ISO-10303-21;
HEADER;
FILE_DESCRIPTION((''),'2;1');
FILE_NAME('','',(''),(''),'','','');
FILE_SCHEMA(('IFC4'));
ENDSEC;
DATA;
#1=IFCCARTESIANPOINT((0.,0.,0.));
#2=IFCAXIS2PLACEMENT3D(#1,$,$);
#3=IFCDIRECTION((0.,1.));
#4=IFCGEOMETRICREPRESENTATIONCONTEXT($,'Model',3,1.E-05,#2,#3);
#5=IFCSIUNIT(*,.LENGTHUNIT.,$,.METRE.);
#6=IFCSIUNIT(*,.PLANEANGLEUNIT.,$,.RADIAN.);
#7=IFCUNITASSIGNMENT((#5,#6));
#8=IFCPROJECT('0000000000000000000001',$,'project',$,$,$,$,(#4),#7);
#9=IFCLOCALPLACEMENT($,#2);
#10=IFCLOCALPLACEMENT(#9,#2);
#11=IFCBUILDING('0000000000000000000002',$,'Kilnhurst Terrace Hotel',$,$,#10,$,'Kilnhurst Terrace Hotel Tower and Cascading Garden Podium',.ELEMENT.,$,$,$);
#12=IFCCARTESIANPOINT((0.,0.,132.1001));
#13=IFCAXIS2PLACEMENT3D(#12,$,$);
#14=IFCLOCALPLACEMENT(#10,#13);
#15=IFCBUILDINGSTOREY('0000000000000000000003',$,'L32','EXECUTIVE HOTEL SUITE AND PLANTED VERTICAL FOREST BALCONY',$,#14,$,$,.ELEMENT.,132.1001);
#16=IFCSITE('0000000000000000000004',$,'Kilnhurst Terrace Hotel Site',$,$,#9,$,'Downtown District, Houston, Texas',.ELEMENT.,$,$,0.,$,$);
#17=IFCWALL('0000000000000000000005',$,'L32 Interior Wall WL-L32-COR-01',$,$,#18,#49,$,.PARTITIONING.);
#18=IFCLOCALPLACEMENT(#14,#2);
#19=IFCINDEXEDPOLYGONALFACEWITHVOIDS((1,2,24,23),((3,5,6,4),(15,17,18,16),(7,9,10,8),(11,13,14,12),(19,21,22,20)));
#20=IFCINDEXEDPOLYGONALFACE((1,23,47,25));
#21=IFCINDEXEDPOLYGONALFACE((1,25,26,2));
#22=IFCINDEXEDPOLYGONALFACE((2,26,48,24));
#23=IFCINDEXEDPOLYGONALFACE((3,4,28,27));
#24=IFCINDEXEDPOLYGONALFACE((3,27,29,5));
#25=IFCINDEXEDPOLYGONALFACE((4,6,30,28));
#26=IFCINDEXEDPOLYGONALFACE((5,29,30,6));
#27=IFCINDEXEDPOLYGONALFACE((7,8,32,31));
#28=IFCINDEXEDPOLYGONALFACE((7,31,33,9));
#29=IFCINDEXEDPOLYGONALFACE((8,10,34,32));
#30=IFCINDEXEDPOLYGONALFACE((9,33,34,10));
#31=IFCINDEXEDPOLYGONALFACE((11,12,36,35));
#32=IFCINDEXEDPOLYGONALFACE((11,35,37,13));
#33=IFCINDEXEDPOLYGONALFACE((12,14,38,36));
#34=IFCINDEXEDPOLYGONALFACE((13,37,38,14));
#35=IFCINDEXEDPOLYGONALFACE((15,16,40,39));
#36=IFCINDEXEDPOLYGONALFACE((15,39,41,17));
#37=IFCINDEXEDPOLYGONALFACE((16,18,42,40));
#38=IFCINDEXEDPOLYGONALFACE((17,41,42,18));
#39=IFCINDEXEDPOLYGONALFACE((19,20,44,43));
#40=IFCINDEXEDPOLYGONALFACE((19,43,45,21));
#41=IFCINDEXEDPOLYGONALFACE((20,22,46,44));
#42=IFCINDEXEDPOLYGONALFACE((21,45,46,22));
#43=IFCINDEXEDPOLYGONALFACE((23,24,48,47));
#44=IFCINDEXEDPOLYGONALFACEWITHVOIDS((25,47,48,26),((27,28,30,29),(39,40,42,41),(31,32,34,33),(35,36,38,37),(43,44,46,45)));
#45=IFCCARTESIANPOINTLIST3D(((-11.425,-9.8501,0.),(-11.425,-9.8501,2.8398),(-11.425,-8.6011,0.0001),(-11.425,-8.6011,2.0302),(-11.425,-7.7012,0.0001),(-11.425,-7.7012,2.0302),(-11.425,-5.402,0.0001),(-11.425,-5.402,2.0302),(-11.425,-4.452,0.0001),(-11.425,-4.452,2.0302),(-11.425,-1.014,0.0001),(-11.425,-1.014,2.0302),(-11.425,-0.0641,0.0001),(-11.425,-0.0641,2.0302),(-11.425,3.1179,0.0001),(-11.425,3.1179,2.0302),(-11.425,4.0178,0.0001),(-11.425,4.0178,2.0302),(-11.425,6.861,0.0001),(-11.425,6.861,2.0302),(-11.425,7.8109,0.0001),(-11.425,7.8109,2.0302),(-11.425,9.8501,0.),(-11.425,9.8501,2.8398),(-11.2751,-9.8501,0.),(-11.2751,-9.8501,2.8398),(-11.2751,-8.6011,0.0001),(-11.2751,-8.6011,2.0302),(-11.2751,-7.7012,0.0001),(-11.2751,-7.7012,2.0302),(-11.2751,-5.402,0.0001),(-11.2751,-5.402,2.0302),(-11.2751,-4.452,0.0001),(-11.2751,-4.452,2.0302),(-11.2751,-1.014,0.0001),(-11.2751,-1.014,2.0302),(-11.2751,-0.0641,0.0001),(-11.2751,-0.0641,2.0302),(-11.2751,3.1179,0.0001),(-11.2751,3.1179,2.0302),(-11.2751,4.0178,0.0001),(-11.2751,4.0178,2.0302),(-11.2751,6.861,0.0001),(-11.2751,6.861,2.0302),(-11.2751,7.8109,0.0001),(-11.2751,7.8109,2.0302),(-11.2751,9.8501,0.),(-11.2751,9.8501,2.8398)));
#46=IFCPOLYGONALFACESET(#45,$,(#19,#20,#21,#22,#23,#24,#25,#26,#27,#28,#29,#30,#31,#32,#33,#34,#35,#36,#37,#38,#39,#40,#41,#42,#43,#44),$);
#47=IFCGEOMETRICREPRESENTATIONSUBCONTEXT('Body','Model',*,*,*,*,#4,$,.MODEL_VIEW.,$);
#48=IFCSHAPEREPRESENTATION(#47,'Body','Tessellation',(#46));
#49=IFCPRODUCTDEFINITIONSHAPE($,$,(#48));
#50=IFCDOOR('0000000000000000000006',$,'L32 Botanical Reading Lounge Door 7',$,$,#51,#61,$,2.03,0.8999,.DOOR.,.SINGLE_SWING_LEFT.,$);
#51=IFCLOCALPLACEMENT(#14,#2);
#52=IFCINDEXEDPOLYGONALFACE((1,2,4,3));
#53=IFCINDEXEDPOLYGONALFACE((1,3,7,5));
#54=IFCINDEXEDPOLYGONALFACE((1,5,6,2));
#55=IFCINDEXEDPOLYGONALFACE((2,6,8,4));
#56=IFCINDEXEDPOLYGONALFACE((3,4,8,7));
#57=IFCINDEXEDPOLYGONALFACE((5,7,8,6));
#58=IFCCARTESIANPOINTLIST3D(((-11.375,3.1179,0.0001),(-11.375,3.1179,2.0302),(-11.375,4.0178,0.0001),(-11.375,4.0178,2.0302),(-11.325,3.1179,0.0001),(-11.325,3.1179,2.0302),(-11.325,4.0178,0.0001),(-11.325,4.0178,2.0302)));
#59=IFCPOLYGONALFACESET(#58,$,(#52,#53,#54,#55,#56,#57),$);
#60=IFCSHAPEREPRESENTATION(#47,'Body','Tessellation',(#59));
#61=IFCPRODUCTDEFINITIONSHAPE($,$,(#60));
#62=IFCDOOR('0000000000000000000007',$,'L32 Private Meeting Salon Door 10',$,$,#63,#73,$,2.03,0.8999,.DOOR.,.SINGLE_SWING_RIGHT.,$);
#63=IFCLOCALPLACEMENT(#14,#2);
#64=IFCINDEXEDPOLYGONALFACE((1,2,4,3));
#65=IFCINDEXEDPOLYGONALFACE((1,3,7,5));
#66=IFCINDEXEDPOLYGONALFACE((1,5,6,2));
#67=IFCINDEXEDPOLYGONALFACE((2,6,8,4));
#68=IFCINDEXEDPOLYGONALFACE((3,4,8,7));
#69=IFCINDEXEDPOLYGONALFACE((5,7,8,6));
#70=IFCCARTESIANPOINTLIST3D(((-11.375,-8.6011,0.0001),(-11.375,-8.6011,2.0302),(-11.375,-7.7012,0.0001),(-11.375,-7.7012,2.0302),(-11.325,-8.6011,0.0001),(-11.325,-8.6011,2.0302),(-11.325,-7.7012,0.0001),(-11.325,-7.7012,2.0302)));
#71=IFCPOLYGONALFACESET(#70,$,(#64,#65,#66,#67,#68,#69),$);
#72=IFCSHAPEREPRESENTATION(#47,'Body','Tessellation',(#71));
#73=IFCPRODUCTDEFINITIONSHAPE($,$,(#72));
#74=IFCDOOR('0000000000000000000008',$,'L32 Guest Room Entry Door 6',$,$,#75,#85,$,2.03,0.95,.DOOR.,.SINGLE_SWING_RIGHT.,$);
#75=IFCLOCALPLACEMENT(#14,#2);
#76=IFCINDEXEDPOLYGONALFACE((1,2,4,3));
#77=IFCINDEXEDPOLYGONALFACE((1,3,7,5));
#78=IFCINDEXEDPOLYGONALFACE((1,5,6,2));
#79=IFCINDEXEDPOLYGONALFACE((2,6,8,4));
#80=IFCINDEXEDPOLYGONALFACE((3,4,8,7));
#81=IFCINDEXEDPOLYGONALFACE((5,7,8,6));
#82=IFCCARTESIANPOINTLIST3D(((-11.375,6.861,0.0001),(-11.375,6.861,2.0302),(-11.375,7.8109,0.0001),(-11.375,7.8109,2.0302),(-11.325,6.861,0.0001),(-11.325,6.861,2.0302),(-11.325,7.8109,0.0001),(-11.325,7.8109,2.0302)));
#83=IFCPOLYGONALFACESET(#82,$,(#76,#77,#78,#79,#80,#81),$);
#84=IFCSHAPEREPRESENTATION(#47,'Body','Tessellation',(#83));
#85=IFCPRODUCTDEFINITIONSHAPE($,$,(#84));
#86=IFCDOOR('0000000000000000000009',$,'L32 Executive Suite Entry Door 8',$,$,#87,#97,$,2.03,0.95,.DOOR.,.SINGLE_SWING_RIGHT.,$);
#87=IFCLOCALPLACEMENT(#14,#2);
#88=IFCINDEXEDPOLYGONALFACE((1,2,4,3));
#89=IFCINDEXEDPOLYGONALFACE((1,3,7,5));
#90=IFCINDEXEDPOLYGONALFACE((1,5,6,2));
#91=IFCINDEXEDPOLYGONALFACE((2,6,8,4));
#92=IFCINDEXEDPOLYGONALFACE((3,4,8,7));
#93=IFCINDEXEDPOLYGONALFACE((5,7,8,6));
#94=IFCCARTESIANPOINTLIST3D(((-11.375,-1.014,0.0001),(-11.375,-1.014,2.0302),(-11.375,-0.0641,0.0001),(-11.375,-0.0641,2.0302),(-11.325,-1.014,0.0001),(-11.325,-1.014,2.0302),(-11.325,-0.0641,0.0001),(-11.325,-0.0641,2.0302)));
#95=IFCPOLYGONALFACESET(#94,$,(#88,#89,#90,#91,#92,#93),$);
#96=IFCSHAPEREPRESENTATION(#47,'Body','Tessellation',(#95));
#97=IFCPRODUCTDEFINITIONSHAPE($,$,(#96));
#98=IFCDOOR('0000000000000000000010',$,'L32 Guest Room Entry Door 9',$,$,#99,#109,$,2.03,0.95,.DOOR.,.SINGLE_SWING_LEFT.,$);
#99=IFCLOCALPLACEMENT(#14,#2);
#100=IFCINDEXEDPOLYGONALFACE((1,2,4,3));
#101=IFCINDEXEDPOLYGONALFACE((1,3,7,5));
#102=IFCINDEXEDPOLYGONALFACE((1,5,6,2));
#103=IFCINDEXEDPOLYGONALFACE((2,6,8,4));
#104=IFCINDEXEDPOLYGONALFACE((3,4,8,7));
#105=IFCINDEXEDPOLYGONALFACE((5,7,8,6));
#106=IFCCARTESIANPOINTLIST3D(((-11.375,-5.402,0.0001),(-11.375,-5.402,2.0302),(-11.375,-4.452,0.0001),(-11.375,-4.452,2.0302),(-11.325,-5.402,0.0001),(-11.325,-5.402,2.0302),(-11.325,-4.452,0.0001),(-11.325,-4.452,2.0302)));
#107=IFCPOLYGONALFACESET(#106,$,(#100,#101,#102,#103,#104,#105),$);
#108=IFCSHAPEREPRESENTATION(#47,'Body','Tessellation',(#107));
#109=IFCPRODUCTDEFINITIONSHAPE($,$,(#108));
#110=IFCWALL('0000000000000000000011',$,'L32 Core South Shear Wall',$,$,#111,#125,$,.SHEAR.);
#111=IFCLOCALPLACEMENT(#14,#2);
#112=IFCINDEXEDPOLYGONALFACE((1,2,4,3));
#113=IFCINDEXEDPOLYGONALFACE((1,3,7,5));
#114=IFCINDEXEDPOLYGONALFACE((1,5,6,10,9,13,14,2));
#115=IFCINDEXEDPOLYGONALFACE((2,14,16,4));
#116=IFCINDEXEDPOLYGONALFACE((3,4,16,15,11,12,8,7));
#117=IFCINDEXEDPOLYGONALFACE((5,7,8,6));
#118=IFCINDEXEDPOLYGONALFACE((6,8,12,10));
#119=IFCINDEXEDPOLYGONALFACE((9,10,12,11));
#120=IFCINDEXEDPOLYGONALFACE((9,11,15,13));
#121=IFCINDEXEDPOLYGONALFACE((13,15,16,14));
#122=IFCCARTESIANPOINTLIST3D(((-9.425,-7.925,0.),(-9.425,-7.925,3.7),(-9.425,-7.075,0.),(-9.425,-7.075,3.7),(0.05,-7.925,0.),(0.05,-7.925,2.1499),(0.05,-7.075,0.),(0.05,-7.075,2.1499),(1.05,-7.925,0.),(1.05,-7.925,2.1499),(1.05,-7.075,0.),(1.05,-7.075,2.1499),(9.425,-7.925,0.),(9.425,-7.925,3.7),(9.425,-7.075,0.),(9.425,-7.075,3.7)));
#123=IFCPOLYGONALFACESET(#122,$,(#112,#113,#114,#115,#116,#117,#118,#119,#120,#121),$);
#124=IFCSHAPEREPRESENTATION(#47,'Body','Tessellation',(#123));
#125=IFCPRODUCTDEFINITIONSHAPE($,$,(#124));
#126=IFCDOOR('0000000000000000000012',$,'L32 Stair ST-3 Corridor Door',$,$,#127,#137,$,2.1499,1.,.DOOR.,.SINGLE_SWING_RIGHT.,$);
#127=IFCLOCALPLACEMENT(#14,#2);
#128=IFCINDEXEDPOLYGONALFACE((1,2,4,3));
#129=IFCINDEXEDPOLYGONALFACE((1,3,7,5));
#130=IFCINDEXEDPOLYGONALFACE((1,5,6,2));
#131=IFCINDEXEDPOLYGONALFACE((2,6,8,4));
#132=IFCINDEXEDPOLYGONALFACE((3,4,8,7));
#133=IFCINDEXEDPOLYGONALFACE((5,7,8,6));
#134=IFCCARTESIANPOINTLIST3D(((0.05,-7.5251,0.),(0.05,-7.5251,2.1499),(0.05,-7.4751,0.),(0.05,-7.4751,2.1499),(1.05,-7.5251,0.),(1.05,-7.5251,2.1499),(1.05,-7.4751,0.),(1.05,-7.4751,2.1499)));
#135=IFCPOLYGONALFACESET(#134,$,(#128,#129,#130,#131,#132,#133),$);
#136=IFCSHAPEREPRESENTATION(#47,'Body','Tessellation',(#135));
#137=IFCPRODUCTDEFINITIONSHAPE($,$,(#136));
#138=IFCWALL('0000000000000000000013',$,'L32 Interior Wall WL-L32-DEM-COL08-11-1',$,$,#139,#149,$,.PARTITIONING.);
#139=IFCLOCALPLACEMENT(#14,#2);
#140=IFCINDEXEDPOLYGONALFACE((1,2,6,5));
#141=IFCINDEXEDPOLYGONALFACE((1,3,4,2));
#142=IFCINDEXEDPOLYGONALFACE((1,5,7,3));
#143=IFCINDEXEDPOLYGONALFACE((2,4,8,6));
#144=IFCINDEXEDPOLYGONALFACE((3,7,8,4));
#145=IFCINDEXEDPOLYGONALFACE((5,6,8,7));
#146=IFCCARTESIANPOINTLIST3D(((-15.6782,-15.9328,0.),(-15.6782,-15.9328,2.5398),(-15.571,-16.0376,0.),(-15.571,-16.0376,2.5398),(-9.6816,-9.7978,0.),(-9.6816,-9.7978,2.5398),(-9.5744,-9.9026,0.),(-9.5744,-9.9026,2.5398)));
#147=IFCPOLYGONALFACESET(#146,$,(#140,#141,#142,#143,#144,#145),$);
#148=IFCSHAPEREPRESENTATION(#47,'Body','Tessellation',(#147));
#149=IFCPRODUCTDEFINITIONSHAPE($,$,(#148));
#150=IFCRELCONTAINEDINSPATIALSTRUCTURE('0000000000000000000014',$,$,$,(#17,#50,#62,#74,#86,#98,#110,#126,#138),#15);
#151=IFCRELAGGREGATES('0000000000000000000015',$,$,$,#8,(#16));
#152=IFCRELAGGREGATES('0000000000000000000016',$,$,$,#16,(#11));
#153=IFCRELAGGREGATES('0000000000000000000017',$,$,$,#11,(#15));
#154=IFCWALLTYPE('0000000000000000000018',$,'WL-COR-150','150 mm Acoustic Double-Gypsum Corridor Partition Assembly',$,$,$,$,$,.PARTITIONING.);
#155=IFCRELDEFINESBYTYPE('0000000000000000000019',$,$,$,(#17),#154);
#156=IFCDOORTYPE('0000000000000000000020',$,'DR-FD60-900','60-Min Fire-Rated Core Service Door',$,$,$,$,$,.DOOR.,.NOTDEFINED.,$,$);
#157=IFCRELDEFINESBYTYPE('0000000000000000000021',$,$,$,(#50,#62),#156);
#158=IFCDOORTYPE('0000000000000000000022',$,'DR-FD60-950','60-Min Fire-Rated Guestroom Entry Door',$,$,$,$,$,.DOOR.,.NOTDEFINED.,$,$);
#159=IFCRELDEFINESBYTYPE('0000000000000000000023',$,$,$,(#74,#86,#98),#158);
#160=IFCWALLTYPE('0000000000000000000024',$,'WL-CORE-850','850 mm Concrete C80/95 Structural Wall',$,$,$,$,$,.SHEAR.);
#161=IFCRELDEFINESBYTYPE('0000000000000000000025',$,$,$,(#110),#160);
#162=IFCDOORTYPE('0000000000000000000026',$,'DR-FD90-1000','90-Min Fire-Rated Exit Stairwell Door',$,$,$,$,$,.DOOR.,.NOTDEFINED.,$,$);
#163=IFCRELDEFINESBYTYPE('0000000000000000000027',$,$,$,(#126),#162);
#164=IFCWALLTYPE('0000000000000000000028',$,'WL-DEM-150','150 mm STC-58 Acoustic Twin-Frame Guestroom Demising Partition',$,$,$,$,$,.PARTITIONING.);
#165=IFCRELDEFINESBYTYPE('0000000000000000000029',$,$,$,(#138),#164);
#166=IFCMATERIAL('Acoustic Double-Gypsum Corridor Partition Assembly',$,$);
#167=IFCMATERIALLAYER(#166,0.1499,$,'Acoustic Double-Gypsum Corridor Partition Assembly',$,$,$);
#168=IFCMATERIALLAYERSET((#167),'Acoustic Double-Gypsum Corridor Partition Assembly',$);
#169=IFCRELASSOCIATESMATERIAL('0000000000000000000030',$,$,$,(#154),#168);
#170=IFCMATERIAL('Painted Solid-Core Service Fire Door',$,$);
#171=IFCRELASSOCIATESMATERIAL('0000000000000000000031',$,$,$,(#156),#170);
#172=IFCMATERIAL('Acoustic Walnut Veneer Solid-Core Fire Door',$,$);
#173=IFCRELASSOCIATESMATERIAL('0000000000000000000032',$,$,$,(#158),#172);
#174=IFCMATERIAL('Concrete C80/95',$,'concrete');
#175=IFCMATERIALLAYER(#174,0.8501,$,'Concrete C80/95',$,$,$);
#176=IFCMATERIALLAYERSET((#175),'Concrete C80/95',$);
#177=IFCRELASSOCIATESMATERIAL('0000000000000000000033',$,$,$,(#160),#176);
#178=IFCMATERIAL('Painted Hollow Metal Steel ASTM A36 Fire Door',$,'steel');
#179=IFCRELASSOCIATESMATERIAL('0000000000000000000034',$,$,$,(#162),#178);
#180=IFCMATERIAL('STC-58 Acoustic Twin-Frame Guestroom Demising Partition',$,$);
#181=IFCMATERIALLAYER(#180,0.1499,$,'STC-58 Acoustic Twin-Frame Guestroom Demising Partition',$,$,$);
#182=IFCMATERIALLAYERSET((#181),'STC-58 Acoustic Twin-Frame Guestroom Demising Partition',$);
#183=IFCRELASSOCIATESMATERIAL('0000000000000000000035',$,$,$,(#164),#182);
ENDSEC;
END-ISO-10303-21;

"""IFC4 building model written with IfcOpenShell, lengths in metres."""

from ifc_helpers import new_model, si_unit, direction, frame, frame_2d, origin, place, context, subcontext, project, spatial, rectangle, extrude, material, layer, layer_set, type_object, element, fill, save


model = new_model("IFC4")

# Units and contexts
model_context = context("Model", 3, precision=1e-05, world=origin(), true_north=direction((0.0, 1.0)))
body_context = subcontext(model_context, "Body", "Model", "MODEL_VIEW")
ifc_project = project(units=[si_unit("LENGTHUNIT", "METRE"), si_unit("PLANEANGLEUNIT", "RADIAN")], contexts=[model_context])

# Site, building, storey
site_placement = place(None, origin())
site = spatial("IfcSite", under=ifc_project, at=site_placement, Name="Kilnhurst Terrace Hotel Site", LongName="Downtown District, Houston, Texas", CompositionType="ELEMENT", RefElevation=0.0)
building_placement = place(site_placement, origin())
building = spatial("IfcBuilding", under=site, at=building_placement, Name="Kilnhurst Terrace Hotel", LongName="Kilnhurst Terrace Hotel Tower and Cascading Garden Podium", CompositionType="ELEMENT")
storey_placement = place(building_placement, frame((0.0, 0.0, 132.1001)))
storey = spatial("IfcBuildingStorey", under=building, at=storey_placement, Name="L32", Description="EXECUTIVE HOTEL SUITE AND PLANTED VERTICAL FOREST BALCONY", CompositionType="ELEMENT", Elevation=132.1001)

# Shared definitions
ifc_material_1 = material(Name="Concrete C80/95", Category="concrete")

# Wall, openings, doors
ifc_material_2 = material(Name="Acoustic Double-Gypsum Corridor Partition Assembly")
ifc_layer_1 = layer(ifc_material_2, 0.1499, Name="Acoustic Double-Gypsum Corridor Partition Assembly")
ifc_layer_set_1 = layer_set([ifc_layer_1], Name="Acoustic Double-Gypsum Corridor Partition Assembly")
wall_type_1 = type_object("IfcWallType", Name="WL-COR-150", Description="150 mm Acoustic Double-Gypsum Corridor Partition Assembly", PredefinedType="PARTITIONING", material=ifc_layer_set_1)
wall_1_placement = place(storey_placement, frame((-11.3501, -9.8501, 0.0), z_axis=(0.0, 0.0, 1.0), x_axis=(0.0, 1.0, 0.0)))
wall_1 = element("IfcWall", 1, at=wall_1_placement, inside=storey, type_object=wall_type_1, Name="L32 Interior Wall WL-L32-COR-01", PredefinedType="PARTITIONING", context=body_context, shape_type="SweptSolid", body=[
    extrude(rectangle(XDim=19.7002, YDim=0.1499, at=frame_2d((9.8501, 0.0))), origin(), (0.0, 0.0, 1.0), 2.8398),
])
opening_1_placement = place(wall_1_placement, frame((16.7109, 0.0, 0.0)))
opening_1 = element("IfcOpeningElement", 2, at=opening_1_placement, cuts=wall_1, PredefinedType="OPENING", context=body_context, shape_type="SweptSolid", body=[
    extrude(rectangle(XDim=0.95, YDim=2.03, at=frame_2d((0.4751, 1.0151))), frame((0.0, 0.085, 0.0), z_axis=(0.0, -1.0, 0.0), x_axis=(1.0, 0.0, 0.0)), (0.0, 0.0, 1.0), 0.1699),
])
opening_2_placement = place(wall_1_placement, frame((12.968, 0.0, 0.0)))
opening_2 = element("IfcOpeningElement", 3, at=opening_2_placement, cuts=wall_1, PredefinedType="OPENING", context=body_context, shape_type="SweptSolid", body=[
    extrude(rectangle(XDim=0.8999, YDim=2.03, at=frame_2d((0.45, 1.0151))), frame((0.0, 0.085, 0.0), z_axis=(0.0, -1.0, 0.0), x_axis=(1.0, 0.0, 0.0)), (0.0, 0.0, 1.0), 0.1699),
])
opening_3_placement = place(wall_1_placement, frame((8.8359, 0.0, 0.0)))
opening_3 = element("IfcOpeningElement", 4, at=opening_3_placement, cuts=wall_1, PredefinedType="OPENING", context=body_context, shape_type="SweptSolid", body=[
    extrude(rectangle(XDim=0.95, YDim=2.03, at=frame_2d((0.4751, 1.0151))), frame((0.0, 0.085, 0.0), z_axis=(0.0, -1.0, 0.0), x_axis=(1.0, 0.0, 0.0)), (0.0, 0.0, 1.0), 0.1699),
])
opening_4_placement = place(wall_1_placement, frame((4.448, 0.0, 0.0)))
opening_4 = element("IfcOpeningElement", 5, at=opening_4_placement, cuts=wall_1, PredefinedType="OPENING", context=body_context, shape_type="SweptSolid", body=[
    extrude(rectangle(XDim=0.95, YDim=2.03, at=frame_2d((0.4751, 1.0151))), frame((0.0, 0.085, 0.0), z_axis=(0.0, -1.0, 0.0), x_axis=(1.0, 0.0, 0.0)), (0.0, 0.0, 1.0), 0.1699),
])
opening_5_placement = place(wall_1_placement, frame((1.249, 0.0, 0.0)))
opening_5 = element("IfcOpeningElement", 6, at=opening_5_placement, cuts=wall_1, PredefinedType="OPENING", context=body_context, shape_type="SweptSolid", body=[
    extrude(rectangle(XDim=0.8999, YDim=2.03, at=frame_2d((0.45, 1.0151))), frame((0.0, 0.085, 0.0), z_axis=(0.0, -1.0, 0.0), x_axis=(1.0, 0.0, 0.0)), (0.0, 0.0, 1.0), 0.1699),
])
ifc_material_3 = material(Name="Painted Solid-Core Service Fire Door")
door_type_1 = type_object("IfcDoorType", Name="DR-FD60-900", Description="60-Min Fire-Rated Core Service Door", OperationType="NOTDEFINED", PredefinedType="DOOR", material=ifc_material_3)
door_1_placement = place(opening_2_placement, origin())
door_1 = element("IfcDoor", 7, at=door_1_placement, inside=storey, type_object=door_type_1, Name="L32 Botanical Reading Lounge Door 7", OperationType="SINGLE_SWING_LEFT", OverallHeight=2.03, OverallWidth=0.8999, PredefinedType="DOOR", context=body_context, shape_type="SweptSolid", body=[
    extrude(rectangle(XDim=0.8999, YDim=2.03, at=frame_2d((0.45, 1.0151))), frame((0.0, 0.0249, 0.0), z_axis=(0.0, -1.0, 0.0), x_axis=(1.0, 0.0, 0.0)), (0.0, 0.0, 1.0), 0.05),
])
fill(opening_2, door_1)
door_2_placement = place(opening_5_placement, origin())
door_2 = element("IfcDoor", 8, at=door_2_placement, inside=storey, type_object=door_type_1, Name="L32 Private Meeting Salon Door 10", OperationType="SINGLE_SWING_RIGHT", OverallHeight=2.03, OverallWidth=0.8999, PredefinedType="DOOR", context=body_context, shape_type="SweptSolid", body=[
    extrude(rectangle(XDim=0.8999, YDim=2.03, at=frame_2d((0.45, 1.0151))), frame((0.0, 0.0249, 0.0), z_axis=(0.0, -1.0, 0.0), x_axis=(1.0, 0.0, 0.0)), (0.0, 0.0, 1.0), 0.05),
])
fill(opening_5, door_2)
ifc_material_4 = material(Name="Acoustic Walnut Veneer Solid-Core Fire Door")
door_type_2 = type_object("IfcDoorType", Name="DR-FD60-950", Description="60-Min Fire-Rated Guestroom Entry Door", OperationType="NOTDEFINED", PredefinedType="DOOR", material=ifc_material_4)
door_3_placement = place(opening_1_placement, origin())
door_3 = element("IfcDoor", 9, at=door_3_placement, inside=storey, type_object=door_type_2, Name="L32 Guest Room Entry Door 6", OperationType="SINGLE_SWING_RIGHT", OverallHeight=2.03, OverallWidth=0.95, PredefinedType="DOOR", context=body_context, shape_type="SweptSolid", body=[
    extrude(rectangle(XDim=0.95, YDim=2.03, at=frame_2d((0.4751, 1.0151))), frame((0.0, 0.0249, 0.0), z_axis=(0.0, -1.0, 0.0), x_axis=(1.0, 0.0, 0.0)), (0.0, 0.0, 1.0), 0.05),
])
fill(opening_1, door_3)
door_4_placement = place(opening_3_placement, origin())
door_4 = element("IfcDoor", 10, at=door_4_placement, inside=storey, type_object=door_type_2, Name="L32 Executive Suite Entry Door 8", OperationType="SINGLE_SWING_RIGHT", OverallHeight=2.03, OverallWidth=0.95, PredefinedType="DOOR", context=body_context, shape_type="SweptSolid", body=[
    extrude(rectangle(XDim=0.95, YDim=2.03, at=frame_2d((0.4751, 1.0151))), frame((0.0, 0.0249, 0.0), z_axis=(0.0, -1.0, 0.0), x_axis=(1.0, 0.0, 0.0)), (0.0, 0.0, 1.0), 0.05),
])
fill(opening_3, door_4)
door_5_placement = place(opening_4_placement, origin())
door_5 = element("IfcDoor", 11, at=door_5_placement, inside=storey, type_object=door_type_2, Name="L32 Guest Room Entry Door 9", OperationType="SINGLE_SWING_LEFT", OverallHeight=2.03, OverallWidth=0.95, PredefinedType="DOOR", context=body_context, shape_type="SweptSolid", body=[
    extrude(rectangle(XDim=0.95, YDim=2.03, at=frame_2d((0.4751, 1.0151))), frame((0.0, 0.0249, 0.0), z_axis=(0.0, -1.0, 0.0), x_axis=(1.0, 0.0, 0.0)), (0.0, 0.0, 1.0), 0.05),
])
fill(opening_4, door_5)

# Wall, opening, door
ifc_layer_2 = layer(ifc_material_1, 0.8501, Name="Concrete C80/95")
ifc_layer_set_2 = layer_set([ifc_layer_2], Name="Concrete C80/95")
wall_type_2 = type_object("IfcWallType", Name="WL-CORE-850", Description="850 mm Concrete C80/95 Structural Wall", PredefinedType="SHEAR", material=ifc_layer_set_2)
wall_2_placement = place(storey_placement, frame((-9.425, -7.5, 0.0), z_axis=(0.0, 0.0, 1.0), x_axis=(1.0, 0.0, 0.0)))
wall_2 = element("IfcWall", 12, at=wall_2_placement, inside=storey, type_object=wall_type_2, Name="L32 Core South Shear Wall", PredefinedType="SHEAR", context=body_context, shape_type="SweptSolid", body=[
    extrude(rectangle(XDim=18.8501, YDim=0.8501, at=frame_2d((9.425, 0.0))), origin(), (0.0, 0.0, 1.0), 3.7),
])
opening_6_placement = place(wall_2_placement, frame((9.4751, 0.0, 0.0)))
opening_6 = element("IfcOpeningElement", 13, at=opening_6_placement, cuts=wall_2, PredefinedType="OPENING", context=body_context, shape_type="SweptSolid", body=[
    extrude(rectangle(XDim=1.0, YDim=2.1499, at=frame_2d((0.5, 1.075))), frame((0.0, 0.4351, 0.0), z_axis=(0.0, -1.0, 0.0), x_axis=(1.0, 0.0, 0.0)), (0.0, 0.0, 1.0), 0.8701),
])
ifc_material_5 = material(Name="Painted Hollow Metal Steel ASTM A36 Fire Door", Category="steel")
door_type_3 = type_object("IfcDoorType", Name="DR-FD90-1000", Description="90-Min Fire-Rated Exit Stairwell Door", OperationType="NOTDEFINED", PredefinedType="DOOR", material=ifc_material_5)
door_6_placement = place(opening_6_placement, origin())
door_6 = element("IfcDoor", 14, at=door_6_placement, inside=storey, type_object=door_type_3, Name="L32 Stair ST-3 Corridor Door", OperationType="SINGLE_SWING_RIGHT", OverallHeight=2.1499, OverallWidth=1.0, PredefinedType="DOOR", context=body_context, shape_type="SweptSolid", body=[
    extrude(rectangle(XDim=1.0, YDim=2.1499, at=frame_2d((0.5, 1.075))), frame((0.0, 0.0249, 0.0), z_axis=(0.0, -1.0, 0.0), x_axis=(1.0, 0.0, 0.0)), (0.0, 0.0, 1.0), 0.05),
])
fill(opening_6, door_6)

# Wall
ifc_material_6 = material(Name="STC-58 Acoustic Twin-Frame Guestroom Demising Partition")
ifc_layer_3 = layer(ifc_material_6, 0.1499, Name="STC-58 Acoustic Twin-Frame Guestroom Demising Partition")
ifc_layer_set_3 = layer_set([ifc_layer_3], Name="STC-58 Acoustic Twin-Frame Guestroom Demising Partition")
wall_type_3 = type_object("IfcWallType", Name="WL-DEM-150", Description="150 mm STC-58 Acoustic Twin-Frame Guestroom Demising Partition", PredefinedType="PARTITIONING", material=ifc_layer_set_3)
wall_3_placement = place(storey_placement, frame((-9.6279, -9.8501, 0.0), z_axis=(0.0, 0.0, 1.0), x_axis=(-0.698993, -0.715129, 0.0)))
element("IfcWall", 15, at=wall_3_placement, inside=storey, type_object=wall_type_3, Name="L32 Interior Wall WL-L32-DEM-COL08-11-1", PredefinedType="PARTITIONING", context=body_context, shape_type="SweptSolid", body=[
    extrude(rectangle(XDim=8.5789, YDim=0.1499, at=frame_2d((4.2896, 0.0))), origin(), (0.0, 0.0, 1.0), 2.5398),
])

save(model, "model.ifc")
